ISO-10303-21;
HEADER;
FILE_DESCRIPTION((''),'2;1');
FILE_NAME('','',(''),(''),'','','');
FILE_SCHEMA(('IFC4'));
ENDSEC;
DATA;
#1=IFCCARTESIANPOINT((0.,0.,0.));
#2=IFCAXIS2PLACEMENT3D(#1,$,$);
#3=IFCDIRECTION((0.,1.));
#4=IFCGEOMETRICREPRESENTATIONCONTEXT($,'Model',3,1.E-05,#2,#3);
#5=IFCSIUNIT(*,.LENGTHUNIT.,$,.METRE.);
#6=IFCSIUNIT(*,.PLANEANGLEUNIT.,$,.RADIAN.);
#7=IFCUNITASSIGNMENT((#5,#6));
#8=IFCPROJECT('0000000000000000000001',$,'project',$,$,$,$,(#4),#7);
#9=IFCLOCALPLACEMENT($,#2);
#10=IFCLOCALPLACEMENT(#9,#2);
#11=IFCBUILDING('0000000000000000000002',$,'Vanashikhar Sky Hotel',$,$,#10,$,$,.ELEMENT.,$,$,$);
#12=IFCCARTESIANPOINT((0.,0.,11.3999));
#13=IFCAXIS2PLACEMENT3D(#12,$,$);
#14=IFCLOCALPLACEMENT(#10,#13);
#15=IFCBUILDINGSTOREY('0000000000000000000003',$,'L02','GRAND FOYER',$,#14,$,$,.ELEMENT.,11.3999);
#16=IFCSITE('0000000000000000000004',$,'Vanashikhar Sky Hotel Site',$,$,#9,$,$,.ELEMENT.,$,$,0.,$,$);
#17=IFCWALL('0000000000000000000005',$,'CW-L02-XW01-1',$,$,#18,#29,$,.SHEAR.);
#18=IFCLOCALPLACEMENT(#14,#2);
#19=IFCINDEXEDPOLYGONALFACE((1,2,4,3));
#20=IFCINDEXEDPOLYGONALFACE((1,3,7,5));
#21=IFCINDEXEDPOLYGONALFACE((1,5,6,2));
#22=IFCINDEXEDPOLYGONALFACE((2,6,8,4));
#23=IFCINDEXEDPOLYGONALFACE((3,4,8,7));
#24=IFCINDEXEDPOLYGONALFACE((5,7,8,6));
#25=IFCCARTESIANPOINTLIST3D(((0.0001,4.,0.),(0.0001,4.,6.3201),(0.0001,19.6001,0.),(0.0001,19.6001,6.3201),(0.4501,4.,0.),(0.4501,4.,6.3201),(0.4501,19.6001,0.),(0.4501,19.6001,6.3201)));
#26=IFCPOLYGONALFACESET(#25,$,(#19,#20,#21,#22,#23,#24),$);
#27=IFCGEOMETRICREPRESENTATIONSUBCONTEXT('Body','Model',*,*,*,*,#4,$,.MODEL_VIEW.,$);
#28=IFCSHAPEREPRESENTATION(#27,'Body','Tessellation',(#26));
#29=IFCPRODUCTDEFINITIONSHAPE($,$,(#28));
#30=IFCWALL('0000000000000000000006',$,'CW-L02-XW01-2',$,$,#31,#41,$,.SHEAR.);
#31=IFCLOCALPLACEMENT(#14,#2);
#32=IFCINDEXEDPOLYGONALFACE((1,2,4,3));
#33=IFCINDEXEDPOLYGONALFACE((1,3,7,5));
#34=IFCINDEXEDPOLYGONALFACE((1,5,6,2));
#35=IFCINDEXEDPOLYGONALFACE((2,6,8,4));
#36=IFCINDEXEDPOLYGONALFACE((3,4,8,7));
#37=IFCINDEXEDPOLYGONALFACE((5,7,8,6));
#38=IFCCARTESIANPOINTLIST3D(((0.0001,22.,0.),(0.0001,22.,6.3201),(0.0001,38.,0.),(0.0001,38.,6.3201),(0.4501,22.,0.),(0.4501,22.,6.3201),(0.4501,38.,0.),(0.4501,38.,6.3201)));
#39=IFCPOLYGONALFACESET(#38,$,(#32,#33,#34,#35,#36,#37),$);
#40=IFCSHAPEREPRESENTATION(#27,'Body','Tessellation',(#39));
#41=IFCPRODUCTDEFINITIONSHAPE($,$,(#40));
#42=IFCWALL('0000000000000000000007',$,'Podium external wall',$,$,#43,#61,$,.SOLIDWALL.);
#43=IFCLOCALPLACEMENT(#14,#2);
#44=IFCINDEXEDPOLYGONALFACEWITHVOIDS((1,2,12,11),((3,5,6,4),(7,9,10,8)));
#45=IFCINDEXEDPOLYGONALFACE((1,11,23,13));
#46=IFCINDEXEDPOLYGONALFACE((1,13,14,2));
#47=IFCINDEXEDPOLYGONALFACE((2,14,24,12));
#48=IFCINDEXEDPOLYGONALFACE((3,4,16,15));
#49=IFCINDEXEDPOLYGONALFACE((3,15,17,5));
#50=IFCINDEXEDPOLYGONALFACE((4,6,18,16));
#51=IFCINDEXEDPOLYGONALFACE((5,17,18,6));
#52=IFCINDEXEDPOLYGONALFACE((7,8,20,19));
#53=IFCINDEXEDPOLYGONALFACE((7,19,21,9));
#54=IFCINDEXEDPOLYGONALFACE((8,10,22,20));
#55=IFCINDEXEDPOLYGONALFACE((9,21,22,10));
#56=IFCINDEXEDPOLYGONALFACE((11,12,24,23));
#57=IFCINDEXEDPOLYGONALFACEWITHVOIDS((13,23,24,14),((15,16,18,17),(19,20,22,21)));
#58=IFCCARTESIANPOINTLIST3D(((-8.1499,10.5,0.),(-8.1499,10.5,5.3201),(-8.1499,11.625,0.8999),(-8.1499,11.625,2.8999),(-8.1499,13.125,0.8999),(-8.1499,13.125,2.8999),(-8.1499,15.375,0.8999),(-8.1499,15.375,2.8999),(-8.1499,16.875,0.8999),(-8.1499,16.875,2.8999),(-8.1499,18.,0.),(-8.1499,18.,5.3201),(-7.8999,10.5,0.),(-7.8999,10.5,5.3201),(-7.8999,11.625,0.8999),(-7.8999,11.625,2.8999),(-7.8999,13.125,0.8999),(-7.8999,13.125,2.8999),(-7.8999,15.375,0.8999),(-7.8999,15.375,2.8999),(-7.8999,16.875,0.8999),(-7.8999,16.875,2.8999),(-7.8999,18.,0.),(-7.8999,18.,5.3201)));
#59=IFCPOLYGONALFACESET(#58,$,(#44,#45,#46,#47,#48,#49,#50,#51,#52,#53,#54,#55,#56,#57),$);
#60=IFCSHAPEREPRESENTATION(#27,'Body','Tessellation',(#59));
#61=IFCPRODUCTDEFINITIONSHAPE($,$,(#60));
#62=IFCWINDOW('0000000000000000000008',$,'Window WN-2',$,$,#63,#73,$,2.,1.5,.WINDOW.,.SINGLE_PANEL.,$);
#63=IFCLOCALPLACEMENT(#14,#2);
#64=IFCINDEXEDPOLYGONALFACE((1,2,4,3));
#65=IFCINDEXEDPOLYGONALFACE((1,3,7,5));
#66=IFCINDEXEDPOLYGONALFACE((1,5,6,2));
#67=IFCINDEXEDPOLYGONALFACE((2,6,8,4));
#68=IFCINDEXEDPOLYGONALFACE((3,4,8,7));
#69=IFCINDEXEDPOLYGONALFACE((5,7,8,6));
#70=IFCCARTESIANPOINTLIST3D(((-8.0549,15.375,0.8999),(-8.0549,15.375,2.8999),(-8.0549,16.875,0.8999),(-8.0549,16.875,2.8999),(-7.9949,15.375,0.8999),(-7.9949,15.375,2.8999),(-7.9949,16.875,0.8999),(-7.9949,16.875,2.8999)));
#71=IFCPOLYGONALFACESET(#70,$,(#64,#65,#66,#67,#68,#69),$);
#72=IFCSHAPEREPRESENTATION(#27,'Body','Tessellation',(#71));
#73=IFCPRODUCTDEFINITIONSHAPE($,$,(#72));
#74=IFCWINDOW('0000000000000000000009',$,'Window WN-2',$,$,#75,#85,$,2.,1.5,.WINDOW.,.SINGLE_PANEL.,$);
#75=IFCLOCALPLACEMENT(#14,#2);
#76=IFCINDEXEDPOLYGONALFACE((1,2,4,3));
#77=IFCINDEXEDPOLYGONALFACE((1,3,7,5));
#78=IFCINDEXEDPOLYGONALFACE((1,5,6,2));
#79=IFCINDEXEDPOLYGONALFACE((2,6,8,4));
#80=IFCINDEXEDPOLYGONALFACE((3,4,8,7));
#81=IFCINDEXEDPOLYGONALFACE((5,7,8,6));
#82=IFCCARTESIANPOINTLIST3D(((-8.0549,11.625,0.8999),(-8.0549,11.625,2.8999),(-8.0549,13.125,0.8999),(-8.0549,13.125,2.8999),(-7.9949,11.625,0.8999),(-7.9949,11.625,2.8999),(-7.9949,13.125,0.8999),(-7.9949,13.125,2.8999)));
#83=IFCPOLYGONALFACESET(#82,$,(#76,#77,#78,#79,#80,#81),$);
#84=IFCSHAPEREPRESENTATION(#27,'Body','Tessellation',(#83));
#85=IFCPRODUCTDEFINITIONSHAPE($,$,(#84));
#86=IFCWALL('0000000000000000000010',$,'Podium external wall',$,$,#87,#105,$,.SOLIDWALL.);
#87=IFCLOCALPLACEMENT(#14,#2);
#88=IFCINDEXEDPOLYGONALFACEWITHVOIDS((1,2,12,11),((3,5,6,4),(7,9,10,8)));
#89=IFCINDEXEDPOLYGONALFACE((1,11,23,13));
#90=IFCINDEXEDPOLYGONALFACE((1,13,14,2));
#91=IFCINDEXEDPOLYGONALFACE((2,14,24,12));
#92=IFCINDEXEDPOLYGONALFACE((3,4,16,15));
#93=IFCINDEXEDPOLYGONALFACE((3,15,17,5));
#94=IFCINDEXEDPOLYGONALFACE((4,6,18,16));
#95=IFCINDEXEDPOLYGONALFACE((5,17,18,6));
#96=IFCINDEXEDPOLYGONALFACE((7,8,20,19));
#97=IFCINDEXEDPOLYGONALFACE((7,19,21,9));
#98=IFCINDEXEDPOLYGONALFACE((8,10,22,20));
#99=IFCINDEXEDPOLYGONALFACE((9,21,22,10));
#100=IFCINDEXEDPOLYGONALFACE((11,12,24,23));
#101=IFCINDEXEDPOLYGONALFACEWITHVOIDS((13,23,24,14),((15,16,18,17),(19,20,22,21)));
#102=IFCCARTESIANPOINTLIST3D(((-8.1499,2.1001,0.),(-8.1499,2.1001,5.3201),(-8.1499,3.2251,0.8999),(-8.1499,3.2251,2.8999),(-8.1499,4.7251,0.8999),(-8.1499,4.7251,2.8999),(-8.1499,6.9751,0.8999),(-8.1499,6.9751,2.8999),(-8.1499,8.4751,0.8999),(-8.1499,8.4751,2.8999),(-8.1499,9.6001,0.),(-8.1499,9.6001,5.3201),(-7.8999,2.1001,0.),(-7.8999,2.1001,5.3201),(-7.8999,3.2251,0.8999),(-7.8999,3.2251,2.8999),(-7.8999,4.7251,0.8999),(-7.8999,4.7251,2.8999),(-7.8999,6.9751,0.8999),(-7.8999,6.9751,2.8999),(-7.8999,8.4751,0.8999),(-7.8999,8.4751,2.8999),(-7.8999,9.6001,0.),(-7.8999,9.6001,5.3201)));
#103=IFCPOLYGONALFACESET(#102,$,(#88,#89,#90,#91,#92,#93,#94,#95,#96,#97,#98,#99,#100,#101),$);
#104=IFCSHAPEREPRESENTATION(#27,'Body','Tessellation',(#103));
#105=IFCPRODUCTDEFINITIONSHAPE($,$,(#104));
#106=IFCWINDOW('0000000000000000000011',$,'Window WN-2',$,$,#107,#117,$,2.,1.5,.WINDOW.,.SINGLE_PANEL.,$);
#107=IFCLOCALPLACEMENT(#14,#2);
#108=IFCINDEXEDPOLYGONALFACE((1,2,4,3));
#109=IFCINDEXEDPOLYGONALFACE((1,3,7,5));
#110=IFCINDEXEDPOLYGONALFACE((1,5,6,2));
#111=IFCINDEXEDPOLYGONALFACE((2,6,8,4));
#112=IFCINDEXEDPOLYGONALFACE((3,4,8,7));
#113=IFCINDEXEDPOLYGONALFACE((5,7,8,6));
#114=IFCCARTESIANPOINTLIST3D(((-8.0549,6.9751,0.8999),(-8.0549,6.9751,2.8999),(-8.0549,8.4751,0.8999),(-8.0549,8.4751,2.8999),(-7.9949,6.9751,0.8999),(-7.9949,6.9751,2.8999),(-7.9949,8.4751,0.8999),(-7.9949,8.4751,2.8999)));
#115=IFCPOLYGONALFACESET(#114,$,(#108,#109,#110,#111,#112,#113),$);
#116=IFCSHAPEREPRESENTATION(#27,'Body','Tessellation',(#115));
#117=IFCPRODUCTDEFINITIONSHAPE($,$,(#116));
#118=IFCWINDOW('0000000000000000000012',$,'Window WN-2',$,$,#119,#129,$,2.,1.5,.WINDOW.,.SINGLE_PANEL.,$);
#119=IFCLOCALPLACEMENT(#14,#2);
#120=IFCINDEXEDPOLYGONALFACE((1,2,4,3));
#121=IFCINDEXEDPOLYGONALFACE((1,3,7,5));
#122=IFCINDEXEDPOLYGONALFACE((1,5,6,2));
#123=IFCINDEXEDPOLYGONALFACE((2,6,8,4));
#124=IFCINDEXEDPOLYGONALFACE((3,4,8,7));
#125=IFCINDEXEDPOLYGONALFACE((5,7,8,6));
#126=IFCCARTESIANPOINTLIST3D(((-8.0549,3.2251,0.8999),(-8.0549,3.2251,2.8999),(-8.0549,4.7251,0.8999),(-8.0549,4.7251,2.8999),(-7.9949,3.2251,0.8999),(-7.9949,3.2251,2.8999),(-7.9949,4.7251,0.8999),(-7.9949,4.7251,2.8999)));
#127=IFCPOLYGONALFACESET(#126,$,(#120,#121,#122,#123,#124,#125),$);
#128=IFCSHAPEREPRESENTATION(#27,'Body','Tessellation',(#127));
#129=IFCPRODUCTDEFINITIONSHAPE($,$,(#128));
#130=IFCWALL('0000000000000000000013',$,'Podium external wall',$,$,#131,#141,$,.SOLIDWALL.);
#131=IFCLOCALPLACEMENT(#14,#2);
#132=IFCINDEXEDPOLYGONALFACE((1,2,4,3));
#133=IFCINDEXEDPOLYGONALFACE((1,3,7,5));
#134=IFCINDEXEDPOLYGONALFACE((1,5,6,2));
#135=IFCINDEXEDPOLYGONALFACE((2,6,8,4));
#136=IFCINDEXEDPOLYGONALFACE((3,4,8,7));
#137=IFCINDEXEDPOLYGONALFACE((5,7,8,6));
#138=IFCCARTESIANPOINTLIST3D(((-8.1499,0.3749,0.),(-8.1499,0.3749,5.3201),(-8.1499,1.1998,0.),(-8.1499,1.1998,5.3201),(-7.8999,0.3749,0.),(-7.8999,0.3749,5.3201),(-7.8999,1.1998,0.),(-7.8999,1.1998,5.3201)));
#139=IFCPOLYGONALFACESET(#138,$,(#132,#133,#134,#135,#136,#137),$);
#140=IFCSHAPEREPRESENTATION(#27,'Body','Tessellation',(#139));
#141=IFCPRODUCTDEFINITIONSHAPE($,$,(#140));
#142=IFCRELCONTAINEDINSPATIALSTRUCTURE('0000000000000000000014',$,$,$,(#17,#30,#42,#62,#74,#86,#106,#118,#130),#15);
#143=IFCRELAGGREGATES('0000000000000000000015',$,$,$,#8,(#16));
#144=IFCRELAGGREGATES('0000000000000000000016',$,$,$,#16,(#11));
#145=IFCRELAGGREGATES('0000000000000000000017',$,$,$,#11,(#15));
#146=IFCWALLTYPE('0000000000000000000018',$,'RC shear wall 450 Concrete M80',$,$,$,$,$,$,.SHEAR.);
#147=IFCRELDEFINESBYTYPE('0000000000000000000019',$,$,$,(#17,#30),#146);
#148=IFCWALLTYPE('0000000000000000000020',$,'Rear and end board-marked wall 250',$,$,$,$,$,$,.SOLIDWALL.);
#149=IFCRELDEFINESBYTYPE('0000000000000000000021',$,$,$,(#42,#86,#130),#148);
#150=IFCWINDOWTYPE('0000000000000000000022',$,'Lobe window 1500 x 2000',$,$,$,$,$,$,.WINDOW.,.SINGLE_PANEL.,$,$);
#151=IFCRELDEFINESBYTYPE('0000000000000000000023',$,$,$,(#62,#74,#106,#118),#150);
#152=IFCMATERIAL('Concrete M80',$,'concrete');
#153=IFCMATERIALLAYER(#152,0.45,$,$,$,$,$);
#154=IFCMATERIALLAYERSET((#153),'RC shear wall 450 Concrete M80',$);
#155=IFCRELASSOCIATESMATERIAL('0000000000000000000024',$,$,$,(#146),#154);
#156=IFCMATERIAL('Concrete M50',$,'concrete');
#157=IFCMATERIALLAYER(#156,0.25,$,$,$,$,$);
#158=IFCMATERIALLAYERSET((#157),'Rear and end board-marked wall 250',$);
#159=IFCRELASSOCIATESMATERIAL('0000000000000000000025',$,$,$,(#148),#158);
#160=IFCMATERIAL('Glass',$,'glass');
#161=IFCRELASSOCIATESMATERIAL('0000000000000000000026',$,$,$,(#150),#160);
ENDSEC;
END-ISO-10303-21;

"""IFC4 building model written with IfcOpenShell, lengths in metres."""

from ifc_helpers import new_model, si_unit, direction, frame, frame_2d, origin, place, context, subcontext, project, spatial, rectangle, extrude, source, transform, mapped, material, layer, layer_set, type_object, element, fill, save


model = new_model("IFC4")

# Units and contexts
model_context = context("Model", 3, precision=1e-05, world=origin(), true_north=direction((0.0, 1.0)))
body_context = subcontext(model_context, "Body", "Model", "MODEL_VIEW")
ifc_project = project(units=[si_unit("LENGTHUNIT", "METRE"), si_unit("PLANEANGLEUNIT", "RADIAN")], contexts=[model_context])

# Site, building, storey
site_placement = place(None, origin())
site = spatial("IfcSite", under=ifc_project, at=site_placement, Name="Vanashikhar Sky Hotel Site", CompositionType="ELEMENT", RefElevation=0.0)
building_placement = place(site_placement, origin())
building = spatial("IfcBuilding", under=site, at=building_placement, Name="Vanashikhar Sky Hotel", CompositionType="ELEMENT")
storey_placement = place(building_placement, frame((0.0, 0.0, 11.3999)))
storey = spatial("IfcBuildingStorey", under=building, at=storey_placement, Name="L02", Description="GRAND FOYER", CompositionType="ELEMENT", Elevation=11.3999)

# Shared definitions
ifc_material_1 = material(Name="Concrete M50", Category="concrete")

# Shared definitions
ifc_material_2 = material(Name="Glass", Category="glass")

# Walls
ifc_material_3 = material(Name="Concrete M80", Category="concrete")
ifc_layer_1 = layer(ifc_material_3, 0.45)
ifc_layer_set_1 = layer_set([ifc_layer_1], Name="RC shear wall 450 Concrete M80")
wall_type_1 = type_object("IfcWallType", Name="RC shear wall 450 Concrete M80", PredefinedType="SHEAR", material=ifc_layer_set_1)
shared_shape_1 = source(origin(), body_context, "Body", "SweptSolid", [
    extrude(rectangle(XDim=15.6001, YDim=0.45, at=frame_2d((7.8, 0.0))), origin(), (0.0, 0.0, 1.0), 6.3201),
])
wall_1_placement = place(storey_placement, frame((0.2251, 4.0, 0.0), z_axis=(0.0, 0.0, 1.0), x_axis=(0.0, 1.0, 0.0)))
element("IfcWall", 1, at=wall_1_placement, inside=storey, type_object=wall_type_1, Name="CW-L02-XW01-1", PredefinedType="SHEAR", context=body_context, shape_type="MappedRepresentation", body=[
    mapped(shared_shape_1, transform((0.0, 0.0, 0.0), scale=1.0)),
])
shared_shape_2 = source(origin(), body_context, "Body", "SweptSolid", [
    extrude(rectangle(XDim=16.0, YDim=0.45, at=frame_2d((8.0, 0.0))), origin(), (0.0, 0.0, 1.0), 6.3201),
])
wall_2_placement = place(storey_placement, frame((0.2251, 22.0, 0.0), z_axis=(0.0, 0.0, 1.0), x_axis=(0.0, 1.0, 0.0)))
element("IfcWall", 2, at=wall_2_placement, inside=storey, type_object=wall_type_1, Name="CW-L02-XW01-2", PredefinedType="SHEAR", context=body_context, shape_type="MappedRepresentation", body=[
    mapped(shared_shape_2, transform((0.0, 0.0, 0.0), scale=1.0)),
])

# Walls, openings, windows
ifc_layer_2 = layer(ifc_material_1, 0.25)
ifc_layer_set_2 = layer_set([ifc_layer_2], Name="Rear and end board-marked wall 250")
wall_type_2 = type_object("IfcWallType", Name="Rear and end board-marked wall 250", PredefinedType="SOLIDWALL", material=ifc_layer_set_2)
shared_shape_3 = source(origin(), body_context, "Body", "SweptSolid", [
    extrude(rectangle(XDim=7.5, YDim=0.25, at=frame_2d((3.75, 0.0))), origin(), (0.0, 0.0, 1.0), 5.3201),
])
wall_3_placement = place(storey_placement, frame((-8.0249, 18.0, 0.0), z_axis=(0.0, 0.0, 1.0), x_axis=(0.0, -1.0, 0.0)))
wall_3 = element("IfcWall", 3, at=wall_3_placement, inside=storey, type_object=wall_type_2, Name="Podium external wall", PredefinedType="SOLIDWALL", context=body_context, shape_type="MappedRepresentation", body=[
    mapped(shared_shape_3, transform((0.0, 0.0, 0.0), scale=1.0)),
])
shared_shape_4 = source(origin(), body_context, "Body", "SweptSolid", [
    extrude(rectangle(XDim=1.5, YDim=2.0, at=frame_2d((0.75, 1.0))), frame((0.0, 0.135, 0.0), z_axis=(0.0, -1.0, 0.0), x_axis=(1.0, 0.0, 0.0)), (0.0, 0.0, 1.0), 0.27),
])
opening_1_placement = place(wall_3_placement, frame((1.125, 0.0, 0.8999)))
opening_1 = element("IfcOpeningElement", 4, at=opening_1_placement, cuts=wall_3, PredefinedType="OPENING", context=body_context, shape_type="MappedRepresentation", body=[
    mapped(shared_shape_4, transform((0.0, 0.0, 0.0), scale=1.0)),
])
opening_2_placement = place(wall_3_placement, frame((4.875, 0.0, 0.8999)))
opening_2 = element("IfcOpeningElement", 5, at=opening_2_placement, cuts=wall_3, PredefinedType="OPENING", context=body_context, shape_type="MappedRepresentation", body=[
    mapped(shared_shape_4, transform((0.0, 0.0, 0.0), scale=1.0)),
])
window_type = type_object("IfcWindowType", Name="Lobe window 1500 x 2000", PartitioningType="SINGLE_PANEL", PredefinedType="WINDOW", material=ifc_material_2)
shared_shape_5 = source(origin(), body_context, "Body", "SweptSolid", [
    extrude(rectangle(XDim=1.5, YDim=2.0, at=frame_2d((0.75, 1.0))), frame((0.0, 0.03, 0.0), z_axis=(0.0, -1.0, 0.0), x_axis=(1.0, 0.0, 0.0)), (0.0, 0.0, 1.0), 0.0601),
])
window_1_placement = place(opening_1_placement, origin())
window_1 = element("IfcWindow", 6, at=window_1_placement, inside=storey, type_object=window_type, Name="Window WN-2", OverallHeight=2.0, OverallWidth=1.5, PartitioningType="SINGLE_PANEL", PredefinedType="WINDOW", context=body_context, shape_type="MappedRepresentation", body=[
    mapped(shared_shape_5, transform((0.0, 0.0, 0.0), scale=1.0)),
])
fill(opening_1, window_1)
window_2_placement = place(opening_2_placement, origin())
window_2 = element("IfcWindow", 7, at=window_2_placement, inside=storey, type_object=window_type, Name="Window WN-2", OverallHeight=2.0, OverallWidth=1.5, PartitioningType="SINGLE_PANEL", PredefinedType="WINDOW", context=body_context, shape_type="MappedRepresentation", body=[
    mapped(shared_shape_5, transform((0.0, 0.0, 0.0), scale=1.0)),
])
fill(opening_2, window_2)
wall_4_placement = place(storey_placement, frame((-8.0249, 9.6001, 0.0), z_axis=(0.0, 0.0, 1.0), x_axis=(0.0, -1.0, 0.0)))
wall_4 = element("IfcWall", 8, at=wall_4_placement, inside=storey, type_object=wall_type_2, Name="Podium external wall", PredefinedType="SOLIDWALL", context=body_context, shape_type="MappedRepresentation", body=[
    mapped(shared_shape_3, transform((0.0, 0.0, 0.0), scale=1.0)),
])
opening_3_placement = place(wall_4_placement, frame((1.125, 0.0, 0.8999)))
opening_3 = element("IfcOpeningElement", 9, at=opening_3_placement, cuts=wall_4, PredefinedType="OPENING", context=body_context, shape_type="MappedRepresentation", body=[
    mapped(shared_shape_4, transform((0.0, 0.0, 0.0), scale=1.0)),
])
opening_4_placement = place(wall_4_placement, frame((4.875, 0.0, 0.8999)))
opening_4 = element("IfcOpeningElement", 10, at=opening_4_placement, cuts=wall_4, PredefinedType="OPENING", context=body_context, shape_type="MappedRepresentation", body=[
    mapped(shared_shape_4, transform((0.0, 0.0, 0.0), scale=1.0)),
])
window_3_placement = place(opening_3_placement, origin())
window_3 = element("IfcWindow", 11, at=window_3_placement, inside=storey, type_object=window_type, Name="Window WN-2", OverallHeight=2.0, OverallWidth=1.5, PartitioningType="SINGLE_PANEL", PredefinedType="WINDOW", context=body_context, shape_type="MappedRepresentation", body=[
    mapped(shared_shape_5, transform((0.0, 0.0, 0.0), scale=1.0)),
])
fill(opening_3, window_3)
window_4_placement = place(opening_4_placement, origin())
window_4 = element("IfcWindow", 12, at=window_4_placement, inside=storey, type_object=window_type, Name="Window WN-2", OverallHeight=2.0, OverallWidth=1.5, PartitioningType="SINGLE_PANEL", PredefinedType="WINDOW", context=body_context, shape_type="MappedRepresentation", body=[
    mapped(shared_shape_5, transform((0.0, 0.0, 0.0), scale=1.0)),
])
fill(opening_4, window_4)

# Wall
shared_shape_6 = source(origin(), body_context, "Body", "SweptSolid", [
    extrude(rectangle(XDim=0.825, YDim=0.25, at=frame_2d((0.4126, 0.0))), origin(), (0.0, 0.0, 1.0), 5.3201),
])
wall_5_placement = place(storey_placement, frame((-8.0249, 1.2, 0.0), z_axis=(0.0, 0.0, 1.0), x_axis=(0.0, -1.0, 0.0)))
element("IfcWall", 13, at=wall_5_placement, inside=storey, type_object=wall_type_2, Name="Podium external wall", PredefinedType="SOLIDWALL", context=body_context, shape_type="MappedRepresentation", body=[
    mapped(shared_shape_6, transform((0.0, 0.0, 0.0), scale=1.0)),
])

save(model, "model.ifc")
